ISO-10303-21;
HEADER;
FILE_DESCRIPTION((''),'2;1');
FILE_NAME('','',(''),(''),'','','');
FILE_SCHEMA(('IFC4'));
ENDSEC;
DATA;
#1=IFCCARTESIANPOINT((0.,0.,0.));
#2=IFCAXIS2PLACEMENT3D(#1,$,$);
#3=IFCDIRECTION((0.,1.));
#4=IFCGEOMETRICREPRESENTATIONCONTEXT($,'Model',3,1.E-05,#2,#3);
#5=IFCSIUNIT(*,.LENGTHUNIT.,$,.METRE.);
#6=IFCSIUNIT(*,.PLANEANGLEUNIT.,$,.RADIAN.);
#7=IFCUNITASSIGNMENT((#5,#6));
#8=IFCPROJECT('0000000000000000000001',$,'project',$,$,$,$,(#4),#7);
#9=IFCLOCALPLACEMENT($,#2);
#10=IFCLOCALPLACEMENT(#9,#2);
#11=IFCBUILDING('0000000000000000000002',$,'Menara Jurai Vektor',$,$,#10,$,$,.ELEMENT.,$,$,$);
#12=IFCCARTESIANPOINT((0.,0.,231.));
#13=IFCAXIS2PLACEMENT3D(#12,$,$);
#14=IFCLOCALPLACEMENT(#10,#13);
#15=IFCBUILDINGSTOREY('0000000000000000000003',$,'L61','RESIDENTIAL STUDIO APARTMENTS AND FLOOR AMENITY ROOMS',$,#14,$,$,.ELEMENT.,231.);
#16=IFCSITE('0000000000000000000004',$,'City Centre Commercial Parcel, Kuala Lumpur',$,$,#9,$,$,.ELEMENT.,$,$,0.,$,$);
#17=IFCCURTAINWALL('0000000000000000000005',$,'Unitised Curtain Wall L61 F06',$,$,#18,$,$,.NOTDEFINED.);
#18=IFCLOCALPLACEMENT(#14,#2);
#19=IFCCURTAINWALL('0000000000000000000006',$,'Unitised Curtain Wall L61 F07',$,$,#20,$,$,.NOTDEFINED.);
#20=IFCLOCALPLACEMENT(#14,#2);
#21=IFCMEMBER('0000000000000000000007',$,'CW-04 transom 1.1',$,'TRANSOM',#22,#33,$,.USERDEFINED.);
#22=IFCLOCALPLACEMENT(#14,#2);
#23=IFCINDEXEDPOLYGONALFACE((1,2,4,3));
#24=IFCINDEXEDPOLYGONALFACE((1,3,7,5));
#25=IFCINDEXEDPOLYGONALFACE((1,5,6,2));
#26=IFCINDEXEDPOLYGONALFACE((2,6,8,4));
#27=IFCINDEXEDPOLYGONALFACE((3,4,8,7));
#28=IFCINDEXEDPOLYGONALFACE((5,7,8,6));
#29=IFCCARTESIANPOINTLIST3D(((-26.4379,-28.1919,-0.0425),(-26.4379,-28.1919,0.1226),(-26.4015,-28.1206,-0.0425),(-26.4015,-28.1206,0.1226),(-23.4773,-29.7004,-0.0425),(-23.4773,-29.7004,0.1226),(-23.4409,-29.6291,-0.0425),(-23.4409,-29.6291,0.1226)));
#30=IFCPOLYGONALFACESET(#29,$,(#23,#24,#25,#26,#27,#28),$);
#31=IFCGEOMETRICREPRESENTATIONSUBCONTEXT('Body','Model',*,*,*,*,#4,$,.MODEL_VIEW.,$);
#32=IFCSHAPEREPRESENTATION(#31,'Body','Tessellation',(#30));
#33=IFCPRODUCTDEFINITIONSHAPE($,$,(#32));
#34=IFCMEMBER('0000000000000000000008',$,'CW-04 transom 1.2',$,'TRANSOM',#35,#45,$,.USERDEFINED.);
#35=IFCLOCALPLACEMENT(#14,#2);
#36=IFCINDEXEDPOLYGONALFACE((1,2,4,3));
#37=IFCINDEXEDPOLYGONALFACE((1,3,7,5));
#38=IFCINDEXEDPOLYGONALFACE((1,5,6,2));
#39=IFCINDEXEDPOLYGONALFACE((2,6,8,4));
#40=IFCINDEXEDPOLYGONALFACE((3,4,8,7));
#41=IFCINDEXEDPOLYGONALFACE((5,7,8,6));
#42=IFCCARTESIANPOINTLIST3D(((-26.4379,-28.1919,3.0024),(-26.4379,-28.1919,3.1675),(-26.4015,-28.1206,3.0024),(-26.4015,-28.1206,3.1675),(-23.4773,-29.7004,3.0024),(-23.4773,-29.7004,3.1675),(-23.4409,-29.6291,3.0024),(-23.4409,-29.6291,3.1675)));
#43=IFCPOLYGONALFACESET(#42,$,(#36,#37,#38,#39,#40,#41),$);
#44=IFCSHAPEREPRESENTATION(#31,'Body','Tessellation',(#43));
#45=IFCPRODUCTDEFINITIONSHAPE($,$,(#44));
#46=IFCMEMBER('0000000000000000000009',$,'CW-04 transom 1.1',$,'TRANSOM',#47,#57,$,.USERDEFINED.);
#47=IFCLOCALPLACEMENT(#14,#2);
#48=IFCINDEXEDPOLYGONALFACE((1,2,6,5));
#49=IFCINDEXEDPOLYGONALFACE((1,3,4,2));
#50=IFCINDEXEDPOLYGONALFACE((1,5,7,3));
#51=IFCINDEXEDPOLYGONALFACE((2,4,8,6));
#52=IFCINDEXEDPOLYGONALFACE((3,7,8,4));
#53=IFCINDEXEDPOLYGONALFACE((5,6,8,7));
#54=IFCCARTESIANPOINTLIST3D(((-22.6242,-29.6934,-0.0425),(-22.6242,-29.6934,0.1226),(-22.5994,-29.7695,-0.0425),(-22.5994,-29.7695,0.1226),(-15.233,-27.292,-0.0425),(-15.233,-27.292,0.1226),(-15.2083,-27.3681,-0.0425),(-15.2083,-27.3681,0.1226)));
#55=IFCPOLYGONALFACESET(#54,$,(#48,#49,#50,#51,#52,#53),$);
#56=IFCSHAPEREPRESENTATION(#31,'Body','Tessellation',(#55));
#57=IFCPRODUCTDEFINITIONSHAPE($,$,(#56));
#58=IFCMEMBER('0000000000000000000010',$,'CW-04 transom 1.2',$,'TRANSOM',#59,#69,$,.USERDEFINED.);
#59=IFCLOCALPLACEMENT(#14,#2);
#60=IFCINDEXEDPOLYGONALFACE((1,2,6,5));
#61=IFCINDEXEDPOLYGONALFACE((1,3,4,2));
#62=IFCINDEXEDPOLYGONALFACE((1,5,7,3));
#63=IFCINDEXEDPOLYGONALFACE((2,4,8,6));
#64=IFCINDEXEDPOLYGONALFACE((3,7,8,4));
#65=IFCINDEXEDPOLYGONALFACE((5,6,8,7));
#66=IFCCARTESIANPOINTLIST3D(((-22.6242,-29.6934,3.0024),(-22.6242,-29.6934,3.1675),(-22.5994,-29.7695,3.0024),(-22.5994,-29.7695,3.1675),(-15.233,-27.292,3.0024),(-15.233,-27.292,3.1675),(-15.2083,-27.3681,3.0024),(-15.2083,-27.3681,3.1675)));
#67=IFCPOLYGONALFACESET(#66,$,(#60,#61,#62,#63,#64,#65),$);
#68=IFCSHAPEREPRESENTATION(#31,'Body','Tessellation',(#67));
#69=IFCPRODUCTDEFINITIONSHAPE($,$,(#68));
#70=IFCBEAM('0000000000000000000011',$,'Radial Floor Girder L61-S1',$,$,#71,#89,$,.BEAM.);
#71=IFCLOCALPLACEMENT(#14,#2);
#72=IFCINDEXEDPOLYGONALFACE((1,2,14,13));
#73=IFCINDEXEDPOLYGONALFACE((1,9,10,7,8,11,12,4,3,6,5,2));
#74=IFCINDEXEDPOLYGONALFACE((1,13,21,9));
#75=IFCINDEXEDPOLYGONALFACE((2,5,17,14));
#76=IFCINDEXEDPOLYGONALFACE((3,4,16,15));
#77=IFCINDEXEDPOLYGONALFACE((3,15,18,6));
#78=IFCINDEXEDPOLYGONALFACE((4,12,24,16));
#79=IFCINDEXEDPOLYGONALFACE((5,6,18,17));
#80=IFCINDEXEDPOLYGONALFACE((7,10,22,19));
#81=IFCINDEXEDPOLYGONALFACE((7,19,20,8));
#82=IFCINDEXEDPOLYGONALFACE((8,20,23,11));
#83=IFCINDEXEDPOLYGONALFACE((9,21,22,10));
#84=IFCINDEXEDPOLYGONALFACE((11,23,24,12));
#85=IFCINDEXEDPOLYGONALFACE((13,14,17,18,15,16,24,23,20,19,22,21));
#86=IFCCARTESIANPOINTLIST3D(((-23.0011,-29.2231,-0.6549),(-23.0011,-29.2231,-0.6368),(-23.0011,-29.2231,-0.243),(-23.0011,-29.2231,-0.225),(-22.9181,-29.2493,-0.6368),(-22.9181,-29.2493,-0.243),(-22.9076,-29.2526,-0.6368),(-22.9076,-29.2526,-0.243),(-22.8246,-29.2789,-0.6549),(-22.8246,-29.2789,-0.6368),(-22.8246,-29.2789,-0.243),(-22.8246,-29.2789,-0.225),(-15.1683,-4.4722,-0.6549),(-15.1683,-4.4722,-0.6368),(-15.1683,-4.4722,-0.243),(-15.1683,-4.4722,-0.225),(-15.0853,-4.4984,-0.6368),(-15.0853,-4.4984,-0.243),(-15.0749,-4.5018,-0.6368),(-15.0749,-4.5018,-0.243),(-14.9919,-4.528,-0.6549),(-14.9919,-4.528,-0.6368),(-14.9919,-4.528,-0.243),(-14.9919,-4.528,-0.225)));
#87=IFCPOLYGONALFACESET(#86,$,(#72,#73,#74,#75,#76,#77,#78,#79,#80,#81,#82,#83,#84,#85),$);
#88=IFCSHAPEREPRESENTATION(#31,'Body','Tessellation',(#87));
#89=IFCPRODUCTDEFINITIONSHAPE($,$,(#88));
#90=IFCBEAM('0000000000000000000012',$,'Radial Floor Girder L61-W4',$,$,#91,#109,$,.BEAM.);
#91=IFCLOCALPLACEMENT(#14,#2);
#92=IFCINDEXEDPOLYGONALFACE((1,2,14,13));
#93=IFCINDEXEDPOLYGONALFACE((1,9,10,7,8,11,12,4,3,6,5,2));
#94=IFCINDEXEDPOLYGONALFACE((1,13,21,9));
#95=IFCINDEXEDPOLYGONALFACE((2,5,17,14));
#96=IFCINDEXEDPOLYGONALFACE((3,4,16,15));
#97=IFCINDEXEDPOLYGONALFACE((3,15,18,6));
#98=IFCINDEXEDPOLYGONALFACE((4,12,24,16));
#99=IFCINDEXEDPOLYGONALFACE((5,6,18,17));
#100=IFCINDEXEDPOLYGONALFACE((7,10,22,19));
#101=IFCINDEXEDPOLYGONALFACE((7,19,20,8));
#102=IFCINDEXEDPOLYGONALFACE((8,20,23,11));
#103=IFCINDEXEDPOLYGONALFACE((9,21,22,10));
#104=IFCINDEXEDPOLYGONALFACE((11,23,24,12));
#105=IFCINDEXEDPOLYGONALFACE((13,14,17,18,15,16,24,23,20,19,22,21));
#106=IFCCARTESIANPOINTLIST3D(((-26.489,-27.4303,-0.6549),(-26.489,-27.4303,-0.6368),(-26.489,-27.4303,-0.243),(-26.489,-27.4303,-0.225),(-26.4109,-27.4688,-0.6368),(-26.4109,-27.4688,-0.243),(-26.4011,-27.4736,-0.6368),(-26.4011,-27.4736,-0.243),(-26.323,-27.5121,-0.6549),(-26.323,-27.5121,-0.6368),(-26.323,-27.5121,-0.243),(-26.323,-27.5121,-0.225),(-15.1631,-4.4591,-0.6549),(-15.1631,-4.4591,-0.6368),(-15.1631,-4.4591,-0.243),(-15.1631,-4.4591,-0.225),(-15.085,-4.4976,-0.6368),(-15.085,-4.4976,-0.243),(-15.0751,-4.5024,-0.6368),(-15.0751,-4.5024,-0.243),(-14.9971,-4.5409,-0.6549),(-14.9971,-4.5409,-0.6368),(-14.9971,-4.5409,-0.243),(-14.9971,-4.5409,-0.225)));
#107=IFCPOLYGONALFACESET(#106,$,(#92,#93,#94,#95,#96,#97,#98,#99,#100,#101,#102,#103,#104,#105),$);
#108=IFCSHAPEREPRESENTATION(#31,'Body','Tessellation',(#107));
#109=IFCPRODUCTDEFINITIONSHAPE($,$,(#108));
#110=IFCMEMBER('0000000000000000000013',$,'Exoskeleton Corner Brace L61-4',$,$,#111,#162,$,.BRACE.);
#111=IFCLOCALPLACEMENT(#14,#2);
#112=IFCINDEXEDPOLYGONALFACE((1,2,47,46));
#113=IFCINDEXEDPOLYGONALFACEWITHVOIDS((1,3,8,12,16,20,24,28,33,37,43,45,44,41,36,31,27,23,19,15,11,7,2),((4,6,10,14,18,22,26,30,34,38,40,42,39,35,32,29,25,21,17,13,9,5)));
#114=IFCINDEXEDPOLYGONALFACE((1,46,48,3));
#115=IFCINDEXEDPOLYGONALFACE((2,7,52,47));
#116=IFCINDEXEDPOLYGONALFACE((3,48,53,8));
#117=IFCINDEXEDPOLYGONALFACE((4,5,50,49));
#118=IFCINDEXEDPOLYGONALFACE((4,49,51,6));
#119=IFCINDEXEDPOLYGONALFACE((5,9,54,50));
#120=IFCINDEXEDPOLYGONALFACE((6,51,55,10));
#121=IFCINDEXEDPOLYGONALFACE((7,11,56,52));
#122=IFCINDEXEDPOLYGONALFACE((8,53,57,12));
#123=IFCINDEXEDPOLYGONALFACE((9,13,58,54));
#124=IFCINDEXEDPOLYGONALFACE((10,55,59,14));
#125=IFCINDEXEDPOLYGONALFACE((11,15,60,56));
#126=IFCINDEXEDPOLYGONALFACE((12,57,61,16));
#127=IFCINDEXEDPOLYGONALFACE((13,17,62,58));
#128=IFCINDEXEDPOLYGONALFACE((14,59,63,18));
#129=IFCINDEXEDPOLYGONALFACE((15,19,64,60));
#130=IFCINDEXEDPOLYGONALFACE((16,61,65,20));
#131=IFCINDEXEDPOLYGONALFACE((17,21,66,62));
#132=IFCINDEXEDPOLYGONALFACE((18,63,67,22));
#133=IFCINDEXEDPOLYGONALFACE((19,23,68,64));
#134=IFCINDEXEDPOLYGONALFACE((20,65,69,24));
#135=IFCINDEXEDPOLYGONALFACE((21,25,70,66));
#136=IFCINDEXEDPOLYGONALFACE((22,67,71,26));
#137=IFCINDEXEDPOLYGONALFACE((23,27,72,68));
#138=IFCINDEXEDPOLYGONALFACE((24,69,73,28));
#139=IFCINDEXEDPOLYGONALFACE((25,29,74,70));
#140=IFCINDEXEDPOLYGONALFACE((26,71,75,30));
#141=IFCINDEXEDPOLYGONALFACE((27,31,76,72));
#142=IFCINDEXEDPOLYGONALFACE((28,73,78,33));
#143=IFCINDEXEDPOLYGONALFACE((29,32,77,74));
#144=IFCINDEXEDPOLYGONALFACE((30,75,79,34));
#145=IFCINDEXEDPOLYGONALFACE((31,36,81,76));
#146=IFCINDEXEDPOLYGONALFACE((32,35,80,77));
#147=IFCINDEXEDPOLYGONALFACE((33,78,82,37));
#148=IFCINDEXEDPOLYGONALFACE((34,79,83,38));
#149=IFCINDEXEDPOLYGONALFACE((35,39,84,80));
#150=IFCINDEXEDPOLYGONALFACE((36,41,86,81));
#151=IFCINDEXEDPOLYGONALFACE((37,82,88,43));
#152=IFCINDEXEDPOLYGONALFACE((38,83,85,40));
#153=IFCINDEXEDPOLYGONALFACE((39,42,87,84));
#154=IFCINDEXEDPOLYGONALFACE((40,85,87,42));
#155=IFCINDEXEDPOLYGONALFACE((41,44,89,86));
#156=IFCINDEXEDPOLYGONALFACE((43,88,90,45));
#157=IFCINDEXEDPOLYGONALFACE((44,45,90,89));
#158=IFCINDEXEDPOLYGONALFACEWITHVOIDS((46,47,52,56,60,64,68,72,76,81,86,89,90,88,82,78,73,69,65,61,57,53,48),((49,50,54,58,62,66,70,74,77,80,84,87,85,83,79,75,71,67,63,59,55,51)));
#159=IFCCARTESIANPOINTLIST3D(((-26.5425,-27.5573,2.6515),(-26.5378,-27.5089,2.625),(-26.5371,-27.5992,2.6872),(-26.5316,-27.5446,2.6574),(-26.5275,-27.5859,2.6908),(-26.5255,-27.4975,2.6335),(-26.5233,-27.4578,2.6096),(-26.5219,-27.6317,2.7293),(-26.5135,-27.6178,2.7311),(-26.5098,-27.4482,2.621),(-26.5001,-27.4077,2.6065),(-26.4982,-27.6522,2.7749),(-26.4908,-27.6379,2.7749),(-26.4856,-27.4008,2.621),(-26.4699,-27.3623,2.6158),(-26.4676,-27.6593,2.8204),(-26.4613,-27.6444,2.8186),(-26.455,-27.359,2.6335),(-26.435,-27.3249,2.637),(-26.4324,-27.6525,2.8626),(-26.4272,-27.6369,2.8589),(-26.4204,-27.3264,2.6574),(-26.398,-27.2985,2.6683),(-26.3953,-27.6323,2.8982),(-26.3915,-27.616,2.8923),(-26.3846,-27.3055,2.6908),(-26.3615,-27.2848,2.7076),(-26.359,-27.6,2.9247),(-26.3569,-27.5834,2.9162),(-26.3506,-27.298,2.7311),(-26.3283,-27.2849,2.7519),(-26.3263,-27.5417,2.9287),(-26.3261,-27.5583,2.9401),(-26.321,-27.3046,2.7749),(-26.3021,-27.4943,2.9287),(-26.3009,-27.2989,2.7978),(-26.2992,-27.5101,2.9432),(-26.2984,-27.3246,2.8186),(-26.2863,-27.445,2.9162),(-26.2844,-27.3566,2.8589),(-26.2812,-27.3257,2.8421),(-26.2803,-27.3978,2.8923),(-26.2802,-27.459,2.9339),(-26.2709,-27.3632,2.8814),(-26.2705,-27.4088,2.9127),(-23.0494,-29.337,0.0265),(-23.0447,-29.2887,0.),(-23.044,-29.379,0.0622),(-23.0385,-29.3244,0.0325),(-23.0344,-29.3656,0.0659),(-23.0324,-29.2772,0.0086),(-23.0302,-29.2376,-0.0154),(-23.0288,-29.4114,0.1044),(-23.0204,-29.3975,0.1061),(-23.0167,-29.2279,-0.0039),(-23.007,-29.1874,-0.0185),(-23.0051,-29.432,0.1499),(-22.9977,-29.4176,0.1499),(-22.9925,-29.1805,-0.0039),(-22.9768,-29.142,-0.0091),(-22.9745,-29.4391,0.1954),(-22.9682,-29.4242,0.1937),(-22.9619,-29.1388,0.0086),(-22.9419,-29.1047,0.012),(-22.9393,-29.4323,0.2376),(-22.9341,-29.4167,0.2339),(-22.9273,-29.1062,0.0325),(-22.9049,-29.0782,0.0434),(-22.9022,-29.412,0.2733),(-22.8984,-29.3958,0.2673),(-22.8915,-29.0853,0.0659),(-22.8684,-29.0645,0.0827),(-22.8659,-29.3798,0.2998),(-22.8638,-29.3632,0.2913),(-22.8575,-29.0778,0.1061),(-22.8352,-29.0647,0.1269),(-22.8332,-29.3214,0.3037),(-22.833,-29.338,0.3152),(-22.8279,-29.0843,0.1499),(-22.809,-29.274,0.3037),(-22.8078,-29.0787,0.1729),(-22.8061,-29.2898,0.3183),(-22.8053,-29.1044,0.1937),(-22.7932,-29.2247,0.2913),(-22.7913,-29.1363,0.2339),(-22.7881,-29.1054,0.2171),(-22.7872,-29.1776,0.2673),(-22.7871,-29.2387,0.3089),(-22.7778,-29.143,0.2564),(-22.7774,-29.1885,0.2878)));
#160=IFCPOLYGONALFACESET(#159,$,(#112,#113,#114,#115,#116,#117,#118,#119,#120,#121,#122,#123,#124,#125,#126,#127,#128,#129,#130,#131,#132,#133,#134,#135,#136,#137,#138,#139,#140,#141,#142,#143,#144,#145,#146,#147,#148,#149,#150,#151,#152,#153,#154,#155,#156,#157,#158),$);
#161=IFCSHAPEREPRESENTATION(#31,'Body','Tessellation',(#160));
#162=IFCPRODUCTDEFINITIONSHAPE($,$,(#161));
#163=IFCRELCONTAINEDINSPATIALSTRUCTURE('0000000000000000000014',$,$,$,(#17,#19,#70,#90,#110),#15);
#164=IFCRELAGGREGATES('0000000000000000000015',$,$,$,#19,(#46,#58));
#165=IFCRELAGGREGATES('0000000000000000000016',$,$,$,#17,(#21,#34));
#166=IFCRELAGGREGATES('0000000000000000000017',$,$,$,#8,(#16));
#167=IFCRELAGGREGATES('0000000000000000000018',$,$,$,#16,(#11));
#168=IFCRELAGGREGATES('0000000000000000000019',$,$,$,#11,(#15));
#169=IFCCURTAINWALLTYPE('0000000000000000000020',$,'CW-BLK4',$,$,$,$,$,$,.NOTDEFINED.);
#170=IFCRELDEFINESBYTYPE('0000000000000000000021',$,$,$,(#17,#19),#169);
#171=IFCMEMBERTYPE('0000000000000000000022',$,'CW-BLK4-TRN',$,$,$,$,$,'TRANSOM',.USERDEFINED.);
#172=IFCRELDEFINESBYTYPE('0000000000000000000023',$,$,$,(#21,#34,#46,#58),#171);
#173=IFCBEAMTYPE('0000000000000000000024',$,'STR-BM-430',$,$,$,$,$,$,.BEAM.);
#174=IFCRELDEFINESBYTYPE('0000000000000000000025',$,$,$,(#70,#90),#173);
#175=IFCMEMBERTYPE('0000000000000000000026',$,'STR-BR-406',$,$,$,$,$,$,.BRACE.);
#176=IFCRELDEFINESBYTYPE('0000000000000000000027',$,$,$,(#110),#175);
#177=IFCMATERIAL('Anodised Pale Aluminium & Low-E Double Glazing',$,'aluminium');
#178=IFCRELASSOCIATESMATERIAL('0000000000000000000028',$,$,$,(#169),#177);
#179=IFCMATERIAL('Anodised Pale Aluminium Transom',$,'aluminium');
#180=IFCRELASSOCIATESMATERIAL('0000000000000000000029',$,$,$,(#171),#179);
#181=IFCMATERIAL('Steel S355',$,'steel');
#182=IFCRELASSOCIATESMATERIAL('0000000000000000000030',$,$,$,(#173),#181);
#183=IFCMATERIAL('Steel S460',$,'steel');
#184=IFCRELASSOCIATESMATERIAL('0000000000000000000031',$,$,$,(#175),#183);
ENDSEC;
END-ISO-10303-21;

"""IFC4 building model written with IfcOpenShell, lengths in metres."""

from ifc_helpers import new_model, si_unit, direction, frame, origin, origin_2d, place, context, subcontext, project, spatial, rectangle, hollow_circle, i_section, extrude, material, material_profile, profile_set, type_object, element, aggregate, save


model = new_model("IFC4")

# Units and contexts
model_context = context("Model", 3, precision=1e-05, world=origin(), true_north=direction((0.0, 1.0)))
body_context = subcontext(model_context, "Body", "Model", "MODEL_VIEW")
ifc_project = project(units=[si_unit("LENGTHUNIT", "METRE"), si_unit("PLANEANGLEUNIT", "RADIAN")], contexts=[model_context])

# Site, building, storey
site_placement = place(None, origin())
site = spatial("IfcSite", under=ifc_project, at=site_placement, Name="City Centre Commercial Parcel, Kuala Lumpur", CompositionType="ELEMENT", RefElevation=0.0)
building_placement = place(site_placement, origin())
building = spatial("IfcBuilding", under=site, at=building_placement, Name="Menara Jurai Vektor", CompositionType="ELEMENT")
storey_placement = place(building_placement, frame((0.0, 0.0, 231.0)))
storey = spatial("IfcBuildingStorey", under=building, at=storey_placement, Name="L61", Description="RESIDENTIAL STUDIO APARTMENTS AND FLOOR AMENITY ROOMS", CompositionType="ELEMENT", Elevation=231.0)

# Shared definitions
ifc_material_1 = material(Name="Steel S460", Category="steel")

# Curtain wall
ifc_material_2 = material(Name="Anodised Pale Aluminium & Low-E Double Glazing", Category="aluminium")
curtain_wall_type = type_object("IfcCurtainWallType", Name="CW-BLK4", PredefinedType="NOTDEFINED", material=ifc_material_2)
curtain_wall_1_placement = place(storey_placement, origin())
curtain_wall_1 = element("IfcCurtainWall", 1, at=curtain_wall_1_placement, inside=storey, type_object=curtain_wall_type, Name="Unitised Curtain Wall L61 F06", PredefinedType="NOTDEFINED")

# Curtain wall
curtain_wall_2_placement = place(storey_placement, origin())
curtain_wall_2 = element("IfcCurtainWall", 2, at=curtain_wall_2_placement, inside=storey, type_object=curtain_wall_type, Name="Unitised Curtain Wall L61 F07", PredefinedType="NOTDEFINED")

# Members
ifc_material_3 = material(Name="Anodised Pale Aluminium Transom", Category="aluminium")
ifc_material_profile_1 = material_profile(ifc_material_3, rectangle(XDim=0.0801, YDim=0.165, at=origin_2d()), Name="ALU TRN 80x165")
ifc_profile_set_1 = profile_set([ifc_material_profile_1], Name="Anodised Pale Aluminium Transom")
member_type_1 = type_object("IfcMemberType", Name="CW-BLK4-TRN", ElementType="TRANSOM", PredefinedType="USERDEFINED", material=ifc_profile_set_1)
member_1_placement = place(storey_placement, frame((-26.4197, -28.1562, 0.04), z_axis=(0.891007, -0.45399, 0.0), x_axis=(0.45399, 0.891007, 0.0)))
member_1 = element("IfcMember", 3, at=member_1_placement, type_object=member_type_1, Name="CW-04 transom 1.1", ObjectType="TRANSOM", PredefinedType="USERDEFINED", context=body_context, shape_type="SweptSolid", body=[
    extrude(rectangle(XDim=0.0801, YDim=0.165, at=origin_2d()), origin(), (0.0, 0.0, 1.0), 3.3228),
])
member_2_placement = place(storey_placement, frame((-26.4197, -28.1562, 3.085), z_axis=(0.891007, -0.45399, 0.0), x_axis=(0.45399, 0.891007, 0.0)))
member_2 = element("IfcMember", 4, at=member_2_placement, type_object=member_type_1, Name="CW-04 transom 1.2", ObjectType="TRANSOM", PredefinedType="USERDEFINED", context=body_context, shape_type="SweptSolid", body=[
    extrude(rectangle(XDim=0.0801, YDim=0.165, at=origin_2d()), origin(), (0.0, 0.0, 1.0), 3.3228),
])
member_3_placement = place(storey_placement, frame((-22.6118, -29.7314, 0.04), z_axis=(0.951062, 0.308999, 0.0), x_axis=(-0.308999, 0.951062, 0.0)))
member_3 = element("IfcMember", 5, at=member_3_placement, type_object=member_type_1, Name="CW-04 transom 1.1", ObjectType="TRANSOM", PredefinedType="USERDEFINED", context=body_context, shape_type="SweptSolid", body=[
    extrude(rectangle(XDim=0.0801, YDim=0.165, at=origin_2d()), origin(), (0.0, 0.0, 1.0), 7.7715),
])
member_4_placement = place(storey_placement, frame((-22.6118, -29.7314, 3.085), z_axis=(0.951062, 0.308999, 0.0), x_axis=(-0.308999, 0.951062, 0.0)))
member_4 = element("IfcMember", 6, at=member_4_placement, type_object=member_type_1, Name="CW-04 transom 1.2", ObjectType="TRANSOM", PredefinedType="USERDEFINED", context=body_context, shape_type="SweptSolid", body=[
    extrude(rectangle(XDim=0.0801, YDim=0.165, at=origin_2d()), origin(), (0.0, 0.0, 1.0), 7.7715),
])
aggregate(curtain_wall_2, [member_3, member_4])

# Beams
ifc_material_4 = material(Name="Steel S355", Category="steel")
ifc_material_profile_2 = material_profile(ifc_material_4, i_section(OverallWidth=0.1851, OverallDepth=0.4299, WebThickness=0.011, FlangeThickness=0.0181, at=origin_2d()), Name="PG 430x185x76")
ifc_profile_set_2 = profile_set([ifc_material_profile_2], Name="Steel S355")
beam_type_1 = type_object("IfcBeamType", Name="STR-BM-430", PredefinedType="BEAM", material=ifc_profile_set_2)
beam_1_placement = place(storey_placement, frame((-22.9128, -29.251, -0.4399), z_axis=(0.301715, 0.953398, 0.0), x_axis=(-0.953398, 0.301715, 0.0)))
element("IfcBeam", 7, at=beam_1_placement, inside=storey, type_object=beam_type_1, Name="Radial Floor Girder L61-S1", PredefinedType="BEAM", context=body_context, shape_type="SweptSolid", body=[
    extrude(i_section(OverallWidth=0.1851, OverallDepth=0.4299, WebThickness=0.011, FlangeThickness=0.0181, at=origin_2d()), origin(), (0.0, 0.0, 1.0), 25.9607),
])
beam_2_placement = place(storey_placement, frame((-26.406, -27.4712, -0.4399), z_axis=(0.442219, 0.896907, 0.0), x_axis=(-0.896907, 0.442219, 0.0)))
element("IfcBeam", 8, at=beam_2_placement, inside=storey, type_object=beam_type_1, Name="Radial Floor Girder L61-W4", PredefinedType="BEAM", context=body_context, shape_type="SweptSolid", body=[
    extrude(i_section(OverallWidth=0.1851, OverallDepth=0.4299, WebThickness=0.011, FlangeThickness=0.0181, at=origin_2d()), origin(), (0.0, 0.0, 1.0), 25.6116),
])

# Member
ifc_material_profile_3 = material_profile(ifc_material_1, hollow_circle(Radius=0.2031, WallThickness=0.0161, at=origin_2d()), Name="CHS 406.4x16")
ifc_profile_set_3 = profile_set([ifc_material_profile_3], Name="Steel S460")
member_type_2 = type_object("IfcMemberType", Name="STR-BR-406", PredefinedType="BRACE", material=ifc_profile_set_3)
member_5_placement = place(storey_placement, frame((-22.9128, -29.251, 0.1499), z_axis=(-0.740375, 0.377225, 0.556368), x_axis=(-0.453976, -0.891014, 0.0)))
element("IfcMember", 9, at=member_5_placement, inside=storey, type_object=member_type_2, Name="Exoskeleton Corner Brace L61-4", PredefinedType="BRACE", context=body_context, shape_type="SweptSolid", body=[
    extrude(hollow_circle(Radius=0.2031, WallThickness=0.0161, at=origin_2d()), origin(), (0.0, 0.0, 1.0), 4.718),
])

aggregate(curtain_wall_1, [member_1, member_2])

save(model, "model.ifc")
